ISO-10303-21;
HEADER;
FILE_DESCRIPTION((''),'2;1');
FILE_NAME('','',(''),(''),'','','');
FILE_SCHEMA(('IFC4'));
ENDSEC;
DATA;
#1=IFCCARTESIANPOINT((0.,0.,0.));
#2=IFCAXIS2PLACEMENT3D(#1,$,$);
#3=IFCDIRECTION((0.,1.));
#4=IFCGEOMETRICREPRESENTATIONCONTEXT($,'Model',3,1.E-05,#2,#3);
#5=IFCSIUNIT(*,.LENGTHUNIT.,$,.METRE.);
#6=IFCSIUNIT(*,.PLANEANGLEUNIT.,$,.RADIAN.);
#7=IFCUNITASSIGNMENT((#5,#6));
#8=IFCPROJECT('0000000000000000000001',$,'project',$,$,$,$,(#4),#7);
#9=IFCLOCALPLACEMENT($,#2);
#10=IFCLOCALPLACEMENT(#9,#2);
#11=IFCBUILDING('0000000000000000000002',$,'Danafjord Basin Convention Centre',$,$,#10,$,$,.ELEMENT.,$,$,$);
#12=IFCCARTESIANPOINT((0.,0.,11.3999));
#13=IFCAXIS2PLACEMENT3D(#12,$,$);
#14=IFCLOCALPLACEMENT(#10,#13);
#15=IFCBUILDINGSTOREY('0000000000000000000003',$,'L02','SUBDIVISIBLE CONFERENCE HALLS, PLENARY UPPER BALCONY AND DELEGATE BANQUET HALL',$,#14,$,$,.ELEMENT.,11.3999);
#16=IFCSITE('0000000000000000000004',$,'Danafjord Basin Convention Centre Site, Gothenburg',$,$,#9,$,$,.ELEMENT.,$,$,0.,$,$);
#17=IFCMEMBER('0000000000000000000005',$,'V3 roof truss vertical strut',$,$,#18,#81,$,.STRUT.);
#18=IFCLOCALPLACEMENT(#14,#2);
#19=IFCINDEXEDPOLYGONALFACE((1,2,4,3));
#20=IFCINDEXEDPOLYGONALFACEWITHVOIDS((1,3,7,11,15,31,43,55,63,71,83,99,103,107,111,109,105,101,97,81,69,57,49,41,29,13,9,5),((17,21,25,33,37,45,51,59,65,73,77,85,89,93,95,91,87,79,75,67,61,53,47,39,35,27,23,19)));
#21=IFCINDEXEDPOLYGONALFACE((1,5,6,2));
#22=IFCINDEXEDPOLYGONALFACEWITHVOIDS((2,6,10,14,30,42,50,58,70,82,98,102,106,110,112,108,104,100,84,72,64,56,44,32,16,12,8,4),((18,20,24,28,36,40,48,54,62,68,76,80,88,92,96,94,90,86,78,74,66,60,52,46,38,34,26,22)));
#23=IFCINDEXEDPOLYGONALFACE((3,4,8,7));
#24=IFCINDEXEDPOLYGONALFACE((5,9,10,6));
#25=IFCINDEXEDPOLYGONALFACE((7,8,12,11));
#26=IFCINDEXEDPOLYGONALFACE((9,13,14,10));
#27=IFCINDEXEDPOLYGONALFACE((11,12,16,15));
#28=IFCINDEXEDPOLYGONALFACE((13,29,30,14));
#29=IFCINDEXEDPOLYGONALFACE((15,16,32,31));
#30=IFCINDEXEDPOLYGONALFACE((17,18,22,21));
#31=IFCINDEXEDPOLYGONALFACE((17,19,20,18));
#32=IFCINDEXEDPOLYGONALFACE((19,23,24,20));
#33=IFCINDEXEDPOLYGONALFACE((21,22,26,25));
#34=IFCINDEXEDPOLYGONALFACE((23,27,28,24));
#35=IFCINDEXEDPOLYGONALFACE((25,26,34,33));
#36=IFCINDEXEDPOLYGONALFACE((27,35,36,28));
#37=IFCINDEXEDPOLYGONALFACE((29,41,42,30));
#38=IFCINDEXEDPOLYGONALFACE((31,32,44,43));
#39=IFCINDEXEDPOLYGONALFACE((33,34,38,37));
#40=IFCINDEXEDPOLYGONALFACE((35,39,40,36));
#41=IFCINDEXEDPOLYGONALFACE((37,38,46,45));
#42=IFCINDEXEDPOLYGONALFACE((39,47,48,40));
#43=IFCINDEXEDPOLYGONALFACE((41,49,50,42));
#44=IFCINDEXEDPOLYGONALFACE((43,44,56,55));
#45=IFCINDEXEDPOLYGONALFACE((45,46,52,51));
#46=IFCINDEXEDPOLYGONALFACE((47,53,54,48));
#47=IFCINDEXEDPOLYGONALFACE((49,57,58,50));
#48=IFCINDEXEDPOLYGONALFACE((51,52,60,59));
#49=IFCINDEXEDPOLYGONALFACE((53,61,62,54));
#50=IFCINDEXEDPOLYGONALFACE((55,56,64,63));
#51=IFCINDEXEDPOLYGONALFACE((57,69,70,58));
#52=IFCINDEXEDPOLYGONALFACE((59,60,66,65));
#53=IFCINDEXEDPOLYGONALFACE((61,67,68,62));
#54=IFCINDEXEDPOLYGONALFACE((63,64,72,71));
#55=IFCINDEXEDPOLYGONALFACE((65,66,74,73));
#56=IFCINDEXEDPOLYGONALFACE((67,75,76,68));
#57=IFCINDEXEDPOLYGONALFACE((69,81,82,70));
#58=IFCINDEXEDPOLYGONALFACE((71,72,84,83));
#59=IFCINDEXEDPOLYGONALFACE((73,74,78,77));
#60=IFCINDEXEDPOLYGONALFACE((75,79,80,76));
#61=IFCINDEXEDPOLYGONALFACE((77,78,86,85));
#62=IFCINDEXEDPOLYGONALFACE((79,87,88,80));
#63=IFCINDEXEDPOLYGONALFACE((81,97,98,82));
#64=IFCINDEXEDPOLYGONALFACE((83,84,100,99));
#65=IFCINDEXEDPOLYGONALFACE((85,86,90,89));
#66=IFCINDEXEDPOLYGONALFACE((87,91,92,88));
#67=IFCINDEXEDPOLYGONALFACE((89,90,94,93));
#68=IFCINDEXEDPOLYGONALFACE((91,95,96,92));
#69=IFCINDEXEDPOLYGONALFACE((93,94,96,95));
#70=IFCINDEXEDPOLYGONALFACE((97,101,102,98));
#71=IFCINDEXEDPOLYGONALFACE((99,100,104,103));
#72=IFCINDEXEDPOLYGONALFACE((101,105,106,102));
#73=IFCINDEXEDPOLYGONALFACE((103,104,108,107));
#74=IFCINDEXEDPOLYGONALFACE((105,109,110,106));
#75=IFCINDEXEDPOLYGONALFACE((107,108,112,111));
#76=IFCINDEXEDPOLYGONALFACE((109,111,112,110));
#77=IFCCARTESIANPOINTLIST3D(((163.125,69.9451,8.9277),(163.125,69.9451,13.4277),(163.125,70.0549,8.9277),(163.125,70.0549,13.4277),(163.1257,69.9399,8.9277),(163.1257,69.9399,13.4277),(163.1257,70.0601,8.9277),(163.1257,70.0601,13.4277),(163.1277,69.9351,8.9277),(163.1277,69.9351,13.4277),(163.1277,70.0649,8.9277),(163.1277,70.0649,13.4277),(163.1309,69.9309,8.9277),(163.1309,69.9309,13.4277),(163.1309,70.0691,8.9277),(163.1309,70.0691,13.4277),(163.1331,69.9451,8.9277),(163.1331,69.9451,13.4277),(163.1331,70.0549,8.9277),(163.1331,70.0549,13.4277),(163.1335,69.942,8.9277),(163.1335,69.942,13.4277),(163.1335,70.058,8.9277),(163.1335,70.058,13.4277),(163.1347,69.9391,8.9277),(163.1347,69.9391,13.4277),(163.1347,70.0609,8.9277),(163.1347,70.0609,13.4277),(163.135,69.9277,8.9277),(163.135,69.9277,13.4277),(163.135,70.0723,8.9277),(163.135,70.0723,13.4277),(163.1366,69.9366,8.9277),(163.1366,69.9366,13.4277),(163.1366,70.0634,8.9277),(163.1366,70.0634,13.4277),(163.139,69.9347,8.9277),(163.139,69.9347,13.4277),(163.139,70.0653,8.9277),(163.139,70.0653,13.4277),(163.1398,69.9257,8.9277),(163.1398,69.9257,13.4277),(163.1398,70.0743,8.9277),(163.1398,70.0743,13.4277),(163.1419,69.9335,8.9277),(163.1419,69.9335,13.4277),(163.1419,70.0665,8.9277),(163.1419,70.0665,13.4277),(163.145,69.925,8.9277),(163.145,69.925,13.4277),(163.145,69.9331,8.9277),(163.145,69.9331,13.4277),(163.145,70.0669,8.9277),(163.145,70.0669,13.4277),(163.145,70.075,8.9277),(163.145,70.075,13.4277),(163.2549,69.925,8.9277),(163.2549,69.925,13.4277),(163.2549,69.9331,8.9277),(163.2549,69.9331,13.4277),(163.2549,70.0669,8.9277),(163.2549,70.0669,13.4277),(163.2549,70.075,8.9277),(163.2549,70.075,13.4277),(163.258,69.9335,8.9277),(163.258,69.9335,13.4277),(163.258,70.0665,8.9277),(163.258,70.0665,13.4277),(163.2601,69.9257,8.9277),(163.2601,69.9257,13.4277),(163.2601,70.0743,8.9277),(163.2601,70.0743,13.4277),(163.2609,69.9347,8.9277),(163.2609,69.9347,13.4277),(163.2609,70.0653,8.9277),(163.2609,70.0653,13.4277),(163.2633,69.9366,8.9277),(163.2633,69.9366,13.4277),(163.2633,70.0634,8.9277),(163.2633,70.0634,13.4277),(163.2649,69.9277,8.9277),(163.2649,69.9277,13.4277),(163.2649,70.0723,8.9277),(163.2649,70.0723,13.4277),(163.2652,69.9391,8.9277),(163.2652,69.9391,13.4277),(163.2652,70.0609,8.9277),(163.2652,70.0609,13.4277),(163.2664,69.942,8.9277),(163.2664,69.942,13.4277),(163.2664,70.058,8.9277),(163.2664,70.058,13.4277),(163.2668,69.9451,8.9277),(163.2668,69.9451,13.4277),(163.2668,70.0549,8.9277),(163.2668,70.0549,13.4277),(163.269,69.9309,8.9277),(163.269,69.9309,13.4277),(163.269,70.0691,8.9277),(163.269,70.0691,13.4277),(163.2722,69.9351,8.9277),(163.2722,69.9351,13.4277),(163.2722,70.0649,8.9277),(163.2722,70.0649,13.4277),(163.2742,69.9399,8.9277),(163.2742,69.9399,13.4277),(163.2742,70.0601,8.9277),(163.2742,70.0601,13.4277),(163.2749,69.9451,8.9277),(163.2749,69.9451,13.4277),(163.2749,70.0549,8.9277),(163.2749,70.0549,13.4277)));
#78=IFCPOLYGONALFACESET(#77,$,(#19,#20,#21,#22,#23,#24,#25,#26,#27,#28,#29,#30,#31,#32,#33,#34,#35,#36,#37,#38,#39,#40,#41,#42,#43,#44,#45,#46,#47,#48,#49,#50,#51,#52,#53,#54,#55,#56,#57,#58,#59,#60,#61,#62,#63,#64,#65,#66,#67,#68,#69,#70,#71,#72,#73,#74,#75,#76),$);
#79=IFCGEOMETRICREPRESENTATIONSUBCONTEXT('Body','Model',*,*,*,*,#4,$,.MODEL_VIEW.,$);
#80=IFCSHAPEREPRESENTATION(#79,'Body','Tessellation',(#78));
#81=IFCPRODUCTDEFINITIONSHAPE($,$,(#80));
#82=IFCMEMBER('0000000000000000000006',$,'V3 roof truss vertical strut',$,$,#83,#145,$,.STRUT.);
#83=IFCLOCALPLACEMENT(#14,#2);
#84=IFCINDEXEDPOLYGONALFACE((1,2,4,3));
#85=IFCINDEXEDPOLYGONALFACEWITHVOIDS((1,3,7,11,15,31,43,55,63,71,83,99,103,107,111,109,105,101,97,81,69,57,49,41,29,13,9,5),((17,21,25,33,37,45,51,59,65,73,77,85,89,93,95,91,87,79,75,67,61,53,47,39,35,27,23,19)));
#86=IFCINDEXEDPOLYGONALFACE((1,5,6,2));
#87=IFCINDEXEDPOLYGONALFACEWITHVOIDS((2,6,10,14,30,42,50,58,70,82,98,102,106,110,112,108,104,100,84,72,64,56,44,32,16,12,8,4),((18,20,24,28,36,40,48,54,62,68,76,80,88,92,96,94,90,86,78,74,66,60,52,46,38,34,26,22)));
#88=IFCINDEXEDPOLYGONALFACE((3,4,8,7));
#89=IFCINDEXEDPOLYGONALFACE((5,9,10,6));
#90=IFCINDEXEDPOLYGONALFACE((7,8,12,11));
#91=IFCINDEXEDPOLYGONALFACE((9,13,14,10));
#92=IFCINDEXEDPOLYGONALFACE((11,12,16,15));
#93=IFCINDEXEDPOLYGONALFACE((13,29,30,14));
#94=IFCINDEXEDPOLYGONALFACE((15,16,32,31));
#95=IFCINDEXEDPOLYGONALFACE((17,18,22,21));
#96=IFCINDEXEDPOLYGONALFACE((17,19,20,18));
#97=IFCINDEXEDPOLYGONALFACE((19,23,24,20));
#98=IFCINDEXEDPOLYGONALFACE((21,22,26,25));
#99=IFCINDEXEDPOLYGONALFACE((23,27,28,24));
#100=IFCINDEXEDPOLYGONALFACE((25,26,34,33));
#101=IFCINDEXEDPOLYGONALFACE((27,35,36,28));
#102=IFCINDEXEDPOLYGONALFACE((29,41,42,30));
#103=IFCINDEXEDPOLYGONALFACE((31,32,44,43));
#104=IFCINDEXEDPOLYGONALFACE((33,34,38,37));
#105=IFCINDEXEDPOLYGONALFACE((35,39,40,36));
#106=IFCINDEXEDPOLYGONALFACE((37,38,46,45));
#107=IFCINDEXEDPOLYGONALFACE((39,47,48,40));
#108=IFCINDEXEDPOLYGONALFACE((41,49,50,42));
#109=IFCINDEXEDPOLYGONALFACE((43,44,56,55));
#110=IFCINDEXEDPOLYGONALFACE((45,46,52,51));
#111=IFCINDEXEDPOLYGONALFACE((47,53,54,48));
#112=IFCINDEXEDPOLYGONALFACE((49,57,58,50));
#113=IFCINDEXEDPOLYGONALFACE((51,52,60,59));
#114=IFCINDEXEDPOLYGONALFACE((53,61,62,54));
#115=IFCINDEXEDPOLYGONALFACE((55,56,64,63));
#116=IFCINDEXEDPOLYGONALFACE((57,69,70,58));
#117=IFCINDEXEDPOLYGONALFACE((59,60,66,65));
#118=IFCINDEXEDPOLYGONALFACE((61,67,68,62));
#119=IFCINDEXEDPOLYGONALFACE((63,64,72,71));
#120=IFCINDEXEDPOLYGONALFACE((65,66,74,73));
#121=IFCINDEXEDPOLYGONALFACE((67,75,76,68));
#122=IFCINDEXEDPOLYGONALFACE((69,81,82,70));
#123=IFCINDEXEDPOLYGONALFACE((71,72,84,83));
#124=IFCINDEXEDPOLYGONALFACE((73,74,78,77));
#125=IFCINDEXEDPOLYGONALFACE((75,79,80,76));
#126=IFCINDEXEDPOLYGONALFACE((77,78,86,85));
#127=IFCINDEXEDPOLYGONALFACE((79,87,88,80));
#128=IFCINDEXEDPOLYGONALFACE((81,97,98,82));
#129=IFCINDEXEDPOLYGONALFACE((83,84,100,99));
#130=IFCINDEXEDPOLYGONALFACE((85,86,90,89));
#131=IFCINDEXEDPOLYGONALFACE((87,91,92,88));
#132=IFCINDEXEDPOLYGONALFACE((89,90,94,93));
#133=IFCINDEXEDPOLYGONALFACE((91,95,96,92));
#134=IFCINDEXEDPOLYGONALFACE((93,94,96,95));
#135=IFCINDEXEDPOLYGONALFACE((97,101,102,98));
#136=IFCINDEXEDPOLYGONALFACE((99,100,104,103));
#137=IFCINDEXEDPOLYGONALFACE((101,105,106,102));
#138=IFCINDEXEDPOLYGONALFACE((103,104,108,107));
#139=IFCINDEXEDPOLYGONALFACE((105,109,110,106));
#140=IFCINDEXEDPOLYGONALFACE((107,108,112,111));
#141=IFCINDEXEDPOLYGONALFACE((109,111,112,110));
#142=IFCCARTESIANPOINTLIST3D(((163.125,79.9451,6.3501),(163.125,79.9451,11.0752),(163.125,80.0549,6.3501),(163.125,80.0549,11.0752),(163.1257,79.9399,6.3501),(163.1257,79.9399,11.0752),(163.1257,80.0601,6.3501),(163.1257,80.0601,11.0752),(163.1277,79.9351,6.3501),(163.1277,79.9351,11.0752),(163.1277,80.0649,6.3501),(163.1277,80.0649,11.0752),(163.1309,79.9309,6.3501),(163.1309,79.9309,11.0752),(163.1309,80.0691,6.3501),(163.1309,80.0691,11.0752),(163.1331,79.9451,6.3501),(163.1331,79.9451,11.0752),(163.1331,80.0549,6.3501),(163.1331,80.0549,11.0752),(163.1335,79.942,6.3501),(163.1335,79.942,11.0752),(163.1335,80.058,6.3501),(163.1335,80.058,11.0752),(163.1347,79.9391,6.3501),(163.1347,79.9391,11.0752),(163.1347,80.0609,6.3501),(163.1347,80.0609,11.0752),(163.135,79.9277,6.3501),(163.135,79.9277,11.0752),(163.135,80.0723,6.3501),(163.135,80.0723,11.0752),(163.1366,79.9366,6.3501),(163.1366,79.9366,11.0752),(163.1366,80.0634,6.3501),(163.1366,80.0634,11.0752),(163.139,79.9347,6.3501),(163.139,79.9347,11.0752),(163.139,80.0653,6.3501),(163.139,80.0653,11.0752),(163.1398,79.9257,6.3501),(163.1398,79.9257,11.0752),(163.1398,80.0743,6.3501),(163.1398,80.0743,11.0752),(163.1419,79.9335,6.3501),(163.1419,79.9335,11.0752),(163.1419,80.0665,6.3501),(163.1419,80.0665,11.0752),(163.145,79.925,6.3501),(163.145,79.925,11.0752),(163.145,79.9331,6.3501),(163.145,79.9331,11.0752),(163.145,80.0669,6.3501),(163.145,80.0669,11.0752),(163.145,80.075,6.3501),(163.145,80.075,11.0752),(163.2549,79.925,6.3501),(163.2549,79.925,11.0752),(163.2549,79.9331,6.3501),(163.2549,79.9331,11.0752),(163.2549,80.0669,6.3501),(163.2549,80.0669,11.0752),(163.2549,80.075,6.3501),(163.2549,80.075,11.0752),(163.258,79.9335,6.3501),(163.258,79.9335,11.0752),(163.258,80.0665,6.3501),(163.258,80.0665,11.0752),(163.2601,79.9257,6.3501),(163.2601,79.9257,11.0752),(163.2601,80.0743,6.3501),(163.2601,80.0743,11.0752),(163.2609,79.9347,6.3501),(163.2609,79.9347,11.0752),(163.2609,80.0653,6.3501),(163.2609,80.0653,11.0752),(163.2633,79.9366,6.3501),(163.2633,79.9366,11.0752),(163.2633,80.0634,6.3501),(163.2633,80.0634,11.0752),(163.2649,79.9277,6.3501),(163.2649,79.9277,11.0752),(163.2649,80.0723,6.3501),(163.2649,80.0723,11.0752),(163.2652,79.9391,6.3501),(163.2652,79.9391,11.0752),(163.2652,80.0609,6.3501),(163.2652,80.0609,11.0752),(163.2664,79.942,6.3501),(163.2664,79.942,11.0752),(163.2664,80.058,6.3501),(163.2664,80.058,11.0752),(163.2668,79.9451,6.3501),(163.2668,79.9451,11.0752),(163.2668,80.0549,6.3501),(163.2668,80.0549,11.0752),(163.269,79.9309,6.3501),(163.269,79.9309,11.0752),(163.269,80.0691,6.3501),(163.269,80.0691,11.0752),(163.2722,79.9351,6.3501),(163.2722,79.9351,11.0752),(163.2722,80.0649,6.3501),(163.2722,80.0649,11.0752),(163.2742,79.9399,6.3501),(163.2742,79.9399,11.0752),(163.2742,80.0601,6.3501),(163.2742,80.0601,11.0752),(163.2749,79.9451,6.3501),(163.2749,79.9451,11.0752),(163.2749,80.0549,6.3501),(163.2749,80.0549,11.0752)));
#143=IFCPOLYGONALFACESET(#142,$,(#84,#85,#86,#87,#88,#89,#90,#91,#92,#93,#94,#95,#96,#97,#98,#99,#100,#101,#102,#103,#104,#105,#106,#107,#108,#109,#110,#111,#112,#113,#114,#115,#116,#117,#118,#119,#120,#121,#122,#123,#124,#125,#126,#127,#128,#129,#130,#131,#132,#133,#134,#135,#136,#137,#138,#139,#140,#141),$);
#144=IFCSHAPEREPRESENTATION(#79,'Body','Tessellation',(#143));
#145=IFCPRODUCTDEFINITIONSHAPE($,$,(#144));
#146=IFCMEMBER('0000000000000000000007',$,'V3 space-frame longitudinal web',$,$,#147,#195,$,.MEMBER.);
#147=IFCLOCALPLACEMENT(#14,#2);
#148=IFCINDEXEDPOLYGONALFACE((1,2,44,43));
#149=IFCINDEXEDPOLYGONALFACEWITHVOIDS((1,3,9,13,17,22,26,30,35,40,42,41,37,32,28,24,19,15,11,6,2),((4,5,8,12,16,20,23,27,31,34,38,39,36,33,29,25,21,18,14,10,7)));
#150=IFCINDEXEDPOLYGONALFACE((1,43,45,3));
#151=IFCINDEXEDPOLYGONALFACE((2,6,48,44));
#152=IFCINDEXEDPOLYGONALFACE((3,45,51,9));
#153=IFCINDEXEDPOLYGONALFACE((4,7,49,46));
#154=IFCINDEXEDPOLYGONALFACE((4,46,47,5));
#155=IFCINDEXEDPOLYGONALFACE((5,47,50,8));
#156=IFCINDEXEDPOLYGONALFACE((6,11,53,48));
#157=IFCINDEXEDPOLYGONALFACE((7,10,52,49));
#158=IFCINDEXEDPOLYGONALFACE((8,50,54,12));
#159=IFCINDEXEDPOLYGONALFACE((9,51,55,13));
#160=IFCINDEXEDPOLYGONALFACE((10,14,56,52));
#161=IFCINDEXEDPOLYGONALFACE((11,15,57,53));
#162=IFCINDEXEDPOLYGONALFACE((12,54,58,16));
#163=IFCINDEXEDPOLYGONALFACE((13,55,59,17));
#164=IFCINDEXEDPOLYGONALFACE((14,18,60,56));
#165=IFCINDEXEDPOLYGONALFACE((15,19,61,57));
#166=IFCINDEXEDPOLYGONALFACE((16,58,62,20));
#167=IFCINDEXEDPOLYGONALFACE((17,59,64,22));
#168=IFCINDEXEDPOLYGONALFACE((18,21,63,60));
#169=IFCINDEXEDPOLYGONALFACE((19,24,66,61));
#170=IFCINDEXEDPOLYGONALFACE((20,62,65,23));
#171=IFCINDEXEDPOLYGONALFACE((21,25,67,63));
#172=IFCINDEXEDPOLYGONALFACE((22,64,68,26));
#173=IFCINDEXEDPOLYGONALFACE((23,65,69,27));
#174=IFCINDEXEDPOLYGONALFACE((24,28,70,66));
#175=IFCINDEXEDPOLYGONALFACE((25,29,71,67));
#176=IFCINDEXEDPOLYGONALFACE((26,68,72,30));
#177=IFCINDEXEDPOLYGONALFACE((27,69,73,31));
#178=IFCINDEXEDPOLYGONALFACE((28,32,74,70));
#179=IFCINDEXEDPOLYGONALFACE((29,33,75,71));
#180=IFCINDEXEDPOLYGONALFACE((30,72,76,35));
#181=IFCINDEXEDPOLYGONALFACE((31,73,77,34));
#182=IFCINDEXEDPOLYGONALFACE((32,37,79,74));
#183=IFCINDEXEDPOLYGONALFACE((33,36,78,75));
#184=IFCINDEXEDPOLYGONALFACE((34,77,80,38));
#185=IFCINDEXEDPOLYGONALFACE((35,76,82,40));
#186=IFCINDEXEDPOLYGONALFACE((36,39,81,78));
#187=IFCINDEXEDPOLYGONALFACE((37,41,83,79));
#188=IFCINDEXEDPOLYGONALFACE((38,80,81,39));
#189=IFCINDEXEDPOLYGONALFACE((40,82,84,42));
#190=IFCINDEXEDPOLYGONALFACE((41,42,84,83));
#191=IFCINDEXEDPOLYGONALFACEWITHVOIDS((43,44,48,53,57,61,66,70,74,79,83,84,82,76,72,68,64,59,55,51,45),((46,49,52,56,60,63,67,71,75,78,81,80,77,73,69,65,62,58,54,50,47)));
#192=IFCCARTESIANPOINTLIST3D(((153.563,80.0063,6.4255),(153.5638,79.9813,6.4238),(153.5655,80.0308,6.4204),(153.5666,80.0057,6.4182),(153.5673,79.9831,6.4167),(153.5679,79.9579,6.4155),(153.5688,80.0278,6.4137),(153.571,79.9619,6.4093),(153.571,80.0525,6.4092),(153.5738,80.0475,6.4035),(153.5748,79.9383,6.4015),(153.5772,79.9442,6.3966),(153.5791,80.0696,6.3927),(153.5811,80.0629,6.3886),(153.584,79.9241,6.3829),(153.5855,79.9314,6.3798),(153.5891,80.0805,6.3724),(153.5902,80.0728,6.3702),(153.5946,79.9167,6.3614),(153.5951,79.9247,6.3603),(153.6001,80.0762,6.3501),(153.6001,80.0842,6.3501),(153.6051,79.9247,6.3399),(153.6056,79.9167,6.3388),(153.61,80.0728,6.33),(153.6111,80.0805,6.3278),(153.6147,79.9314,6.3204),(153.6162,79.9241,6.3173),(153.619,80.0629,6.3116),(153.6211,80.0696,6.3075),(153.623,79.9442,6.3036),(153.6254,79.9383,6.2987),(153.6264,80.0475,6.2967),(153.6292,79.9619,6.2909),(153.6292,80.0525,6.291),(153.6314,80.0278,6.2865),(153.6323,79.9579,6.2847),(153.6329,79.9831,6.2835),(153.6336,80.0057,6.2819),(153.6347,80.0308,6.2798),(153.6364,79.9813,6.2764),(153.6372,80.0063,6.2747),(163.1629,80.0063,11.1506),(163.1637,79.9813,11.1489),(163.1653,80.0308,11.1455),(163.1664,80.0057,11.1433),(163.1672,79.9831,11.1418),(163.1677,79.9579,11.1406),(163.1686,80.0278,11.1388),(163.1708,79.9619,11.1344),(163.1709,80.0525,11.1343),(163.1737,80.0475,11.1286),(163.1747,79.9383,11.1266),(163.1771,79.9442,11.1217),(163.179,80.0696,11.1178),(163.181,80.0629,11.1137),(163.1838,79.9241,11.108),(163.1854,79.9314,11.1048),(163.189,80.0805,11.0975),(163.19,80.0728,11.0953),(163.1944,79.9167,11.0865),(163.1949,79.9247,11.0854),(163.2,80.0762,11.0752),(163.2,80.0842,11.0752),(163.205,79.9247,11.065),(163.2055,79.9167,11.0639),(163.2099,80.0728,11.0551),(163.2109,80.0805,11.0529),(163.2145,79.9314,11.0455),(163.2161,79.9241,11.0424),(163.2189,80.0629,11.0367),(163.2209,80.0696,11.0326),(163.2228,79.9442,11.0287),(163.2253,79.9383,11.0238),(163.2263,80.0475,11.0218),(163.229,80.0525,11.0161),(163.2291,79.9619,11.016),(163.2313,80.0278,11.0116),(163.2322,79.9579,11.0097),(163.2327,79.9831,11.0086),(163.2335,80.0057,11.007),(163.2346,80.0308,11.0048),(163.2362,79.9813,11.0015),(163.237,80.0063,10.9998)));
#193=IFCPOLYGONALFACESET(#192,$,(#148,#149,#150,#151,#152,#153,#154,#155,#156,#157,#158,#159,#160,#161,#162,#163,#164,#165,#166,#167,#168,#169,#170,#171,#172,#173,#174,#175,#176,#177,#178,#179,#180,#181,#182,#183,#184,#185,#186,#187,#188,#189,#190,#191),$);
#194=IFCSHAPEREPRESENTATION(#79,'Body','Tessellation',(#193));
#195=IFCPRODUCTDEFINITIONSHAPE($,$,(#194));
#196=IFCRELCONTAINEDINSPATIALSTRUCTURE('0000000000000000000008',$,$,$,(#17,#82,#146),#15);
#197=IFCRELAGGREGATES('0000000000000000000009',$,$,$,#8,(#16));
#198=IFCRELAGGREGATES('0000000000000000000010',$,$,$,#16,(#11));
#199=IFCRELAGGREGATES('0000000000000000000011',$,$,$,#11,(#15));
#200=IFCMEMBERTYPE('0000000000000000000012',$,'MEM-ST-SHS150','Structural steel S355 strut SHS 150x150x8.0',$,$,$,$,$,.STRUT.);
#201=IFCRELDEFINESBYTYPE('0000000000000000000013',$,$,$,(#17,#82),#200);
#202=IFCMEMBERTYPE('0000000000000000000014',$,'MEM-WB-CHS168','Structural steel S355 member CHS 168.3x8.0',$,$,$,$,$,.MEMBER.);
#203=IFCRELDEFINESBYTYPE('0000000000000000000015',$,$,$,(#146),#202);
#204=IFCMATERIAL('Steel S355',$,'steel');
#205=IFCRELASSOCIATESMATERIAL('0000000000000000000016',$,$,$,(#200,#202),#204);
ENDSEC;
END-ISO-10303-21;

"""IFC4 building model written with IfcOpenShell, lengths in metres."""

from ifc_helpers import new_model, si_unit, direction, frame, origin, origin_2d, place, context, subcontext, project, spatial, hollow_rectangle, hollow_circle, extrude, material, material_profile, profile_set, type_object, element, save


model = new_model("IFC4")

# Units and contexts
model_context = context("Model", 3, precision=1e-05, world=origin(), true_north=direction((0.0, 1.0)))
body_context = subcontext(model_context, "Body", "Model", "MODEL_VIEW")
ifc_project = project(units=[si_unit("LENGTHUNIT", "METRE"), si_unit("PLANEANGLEUNIT", "RADIAN")], contexts=[model_context])

# Site, building, storey
site_placement = place(None, origin())
site = spatial("IfcSite", under=ifc_project, at=site_placement, Name="Danafjord Basin Convention Centre Site, Gothenburg", CompositionType="ELEMENT", RefElevation=0.0)
building_placement = place(site_placement, origin())
building = spatial("IfcBuilding", under=site, at=building_placement, Name="Danafjord Basin Convention Centre", CompositionType="ELEMENT")
storey_placement = place(building_placement, frame((0.0, 0.0, 11.3999)))
storey = spatial("IfcBuildingStorey", under=building, at=storey_placement, Name="L02", Description="SUBDIVISIBLE CONFERENCE HALLS, PLENARY UPPER BALCONY AND DELEGATE BANQUET HALL", CompositionType="ELEMENT", Elevation=11.3999)

# Shared definitions
ifc_material = material(Name="Steel S355", Category="steel")

# Members
ifc_material_profile_1 = material_profile(ifc_material, hollow_rectangle(XDim=0.1499, YDim=0.1499, WallThickness=0.0081, InnerFilletRadius=0.012, OuterFilletRadius=0.02, at=origin_2d()), Name="SHS 150x150x8.0")
ifc_profile_set_1 = profile_set([ifc_material_profile_1], Name="Steel S355")
member_type_1 = type_object("IfcMemberType", Name="MEM-ST-SHS150", Description="Structural steel S355 strut SHS 150x150x8.0", PredefinedType="STRUT", material=ifc_profile_set_1)
member_1_placement = place(storey_placement, frame((163.2, 70.0, 8.9277), z_axis=(0.0, 0.0, 1.0), x_axis=(1.0, 0.0, 0.0)))
element("IfcMember", 1, at=member_1_placement, inside=storey, type_object=member_type_1, Name="V3 roof truss vertical strut", PredefinedType="STRUT", context=body_context, shape_type="SweptSolid", body=[
    extrude(hollow_rectangle(XDim=0.1499, YDim=0.1499, WallThickness=0.0081, InnerFilletRadius=0.012, OuterFilletRadius=0.02, at=origin_2d()), origin(), (0.0, 0.0, 1.0), 4.5),
])
member_2_placement = place(storey_placement, frame((163.2, 80.0, 6.3501), z_axis=(0.0, 0.0, 1.0), x_axis=(1.0, 0.0, 0.0)))
element("IfcMember", 2, at=member_2_placement, inside=storey, type_object=member_type_1, Name="V3 roof truss vertical strut", PredefinedType="STRUT", context=body_context, shape_type="SweptSolid", body=[
    extrude(hollow_rectangle(XDim=0.1499, YDim=0.1499, WallThickness=0.0081, InnerFilletRadius=0.012, OuterFilletRadius=0.02, at=origin_2d()), origin(), (0.0, 0.0, 1.0), 4.7251),
])
ifc_material_profile_2 = material_profile(ifc_material, hollow_circle(Radius=0.0842, WallThickness=0.0081, at=origin_2d()), Name="CHS 168.3x8.0")
ifc_profile_set_2 = profile_set([ifc_material_profile_2], Name="Steel S355")
member_type_2 = type_object("IfcMemberType", Name="MEM-WB-CHS168", Description="Structural steel S355 member CHS 168.3x8.0", PredefinedType="MEMBER", material=ifc_profile_set_2)
member_3_placement = place(storey_placement, frame((153.6001, 80.0, 6.3501), z_axis=(0.897207, 0.0, 0.44161), x_axis=(0.0, 1.0, 0.0)))
element("IfcMember", 3, at=member_3_placement, inside=storey, type_object=member_type_2, Name="V3 space-frame longitudinal web", PredefinedType="MEMBER", context=body_context, shape_type="SweptSolid", body=[
    extrude(hollow_circle(Radius=0.0842, WallThickness=0.0081, at=origin_2d()), origin(), (0.0, 0.0, 1.0), 10.6997),
])

save(model, "model.ifc")
